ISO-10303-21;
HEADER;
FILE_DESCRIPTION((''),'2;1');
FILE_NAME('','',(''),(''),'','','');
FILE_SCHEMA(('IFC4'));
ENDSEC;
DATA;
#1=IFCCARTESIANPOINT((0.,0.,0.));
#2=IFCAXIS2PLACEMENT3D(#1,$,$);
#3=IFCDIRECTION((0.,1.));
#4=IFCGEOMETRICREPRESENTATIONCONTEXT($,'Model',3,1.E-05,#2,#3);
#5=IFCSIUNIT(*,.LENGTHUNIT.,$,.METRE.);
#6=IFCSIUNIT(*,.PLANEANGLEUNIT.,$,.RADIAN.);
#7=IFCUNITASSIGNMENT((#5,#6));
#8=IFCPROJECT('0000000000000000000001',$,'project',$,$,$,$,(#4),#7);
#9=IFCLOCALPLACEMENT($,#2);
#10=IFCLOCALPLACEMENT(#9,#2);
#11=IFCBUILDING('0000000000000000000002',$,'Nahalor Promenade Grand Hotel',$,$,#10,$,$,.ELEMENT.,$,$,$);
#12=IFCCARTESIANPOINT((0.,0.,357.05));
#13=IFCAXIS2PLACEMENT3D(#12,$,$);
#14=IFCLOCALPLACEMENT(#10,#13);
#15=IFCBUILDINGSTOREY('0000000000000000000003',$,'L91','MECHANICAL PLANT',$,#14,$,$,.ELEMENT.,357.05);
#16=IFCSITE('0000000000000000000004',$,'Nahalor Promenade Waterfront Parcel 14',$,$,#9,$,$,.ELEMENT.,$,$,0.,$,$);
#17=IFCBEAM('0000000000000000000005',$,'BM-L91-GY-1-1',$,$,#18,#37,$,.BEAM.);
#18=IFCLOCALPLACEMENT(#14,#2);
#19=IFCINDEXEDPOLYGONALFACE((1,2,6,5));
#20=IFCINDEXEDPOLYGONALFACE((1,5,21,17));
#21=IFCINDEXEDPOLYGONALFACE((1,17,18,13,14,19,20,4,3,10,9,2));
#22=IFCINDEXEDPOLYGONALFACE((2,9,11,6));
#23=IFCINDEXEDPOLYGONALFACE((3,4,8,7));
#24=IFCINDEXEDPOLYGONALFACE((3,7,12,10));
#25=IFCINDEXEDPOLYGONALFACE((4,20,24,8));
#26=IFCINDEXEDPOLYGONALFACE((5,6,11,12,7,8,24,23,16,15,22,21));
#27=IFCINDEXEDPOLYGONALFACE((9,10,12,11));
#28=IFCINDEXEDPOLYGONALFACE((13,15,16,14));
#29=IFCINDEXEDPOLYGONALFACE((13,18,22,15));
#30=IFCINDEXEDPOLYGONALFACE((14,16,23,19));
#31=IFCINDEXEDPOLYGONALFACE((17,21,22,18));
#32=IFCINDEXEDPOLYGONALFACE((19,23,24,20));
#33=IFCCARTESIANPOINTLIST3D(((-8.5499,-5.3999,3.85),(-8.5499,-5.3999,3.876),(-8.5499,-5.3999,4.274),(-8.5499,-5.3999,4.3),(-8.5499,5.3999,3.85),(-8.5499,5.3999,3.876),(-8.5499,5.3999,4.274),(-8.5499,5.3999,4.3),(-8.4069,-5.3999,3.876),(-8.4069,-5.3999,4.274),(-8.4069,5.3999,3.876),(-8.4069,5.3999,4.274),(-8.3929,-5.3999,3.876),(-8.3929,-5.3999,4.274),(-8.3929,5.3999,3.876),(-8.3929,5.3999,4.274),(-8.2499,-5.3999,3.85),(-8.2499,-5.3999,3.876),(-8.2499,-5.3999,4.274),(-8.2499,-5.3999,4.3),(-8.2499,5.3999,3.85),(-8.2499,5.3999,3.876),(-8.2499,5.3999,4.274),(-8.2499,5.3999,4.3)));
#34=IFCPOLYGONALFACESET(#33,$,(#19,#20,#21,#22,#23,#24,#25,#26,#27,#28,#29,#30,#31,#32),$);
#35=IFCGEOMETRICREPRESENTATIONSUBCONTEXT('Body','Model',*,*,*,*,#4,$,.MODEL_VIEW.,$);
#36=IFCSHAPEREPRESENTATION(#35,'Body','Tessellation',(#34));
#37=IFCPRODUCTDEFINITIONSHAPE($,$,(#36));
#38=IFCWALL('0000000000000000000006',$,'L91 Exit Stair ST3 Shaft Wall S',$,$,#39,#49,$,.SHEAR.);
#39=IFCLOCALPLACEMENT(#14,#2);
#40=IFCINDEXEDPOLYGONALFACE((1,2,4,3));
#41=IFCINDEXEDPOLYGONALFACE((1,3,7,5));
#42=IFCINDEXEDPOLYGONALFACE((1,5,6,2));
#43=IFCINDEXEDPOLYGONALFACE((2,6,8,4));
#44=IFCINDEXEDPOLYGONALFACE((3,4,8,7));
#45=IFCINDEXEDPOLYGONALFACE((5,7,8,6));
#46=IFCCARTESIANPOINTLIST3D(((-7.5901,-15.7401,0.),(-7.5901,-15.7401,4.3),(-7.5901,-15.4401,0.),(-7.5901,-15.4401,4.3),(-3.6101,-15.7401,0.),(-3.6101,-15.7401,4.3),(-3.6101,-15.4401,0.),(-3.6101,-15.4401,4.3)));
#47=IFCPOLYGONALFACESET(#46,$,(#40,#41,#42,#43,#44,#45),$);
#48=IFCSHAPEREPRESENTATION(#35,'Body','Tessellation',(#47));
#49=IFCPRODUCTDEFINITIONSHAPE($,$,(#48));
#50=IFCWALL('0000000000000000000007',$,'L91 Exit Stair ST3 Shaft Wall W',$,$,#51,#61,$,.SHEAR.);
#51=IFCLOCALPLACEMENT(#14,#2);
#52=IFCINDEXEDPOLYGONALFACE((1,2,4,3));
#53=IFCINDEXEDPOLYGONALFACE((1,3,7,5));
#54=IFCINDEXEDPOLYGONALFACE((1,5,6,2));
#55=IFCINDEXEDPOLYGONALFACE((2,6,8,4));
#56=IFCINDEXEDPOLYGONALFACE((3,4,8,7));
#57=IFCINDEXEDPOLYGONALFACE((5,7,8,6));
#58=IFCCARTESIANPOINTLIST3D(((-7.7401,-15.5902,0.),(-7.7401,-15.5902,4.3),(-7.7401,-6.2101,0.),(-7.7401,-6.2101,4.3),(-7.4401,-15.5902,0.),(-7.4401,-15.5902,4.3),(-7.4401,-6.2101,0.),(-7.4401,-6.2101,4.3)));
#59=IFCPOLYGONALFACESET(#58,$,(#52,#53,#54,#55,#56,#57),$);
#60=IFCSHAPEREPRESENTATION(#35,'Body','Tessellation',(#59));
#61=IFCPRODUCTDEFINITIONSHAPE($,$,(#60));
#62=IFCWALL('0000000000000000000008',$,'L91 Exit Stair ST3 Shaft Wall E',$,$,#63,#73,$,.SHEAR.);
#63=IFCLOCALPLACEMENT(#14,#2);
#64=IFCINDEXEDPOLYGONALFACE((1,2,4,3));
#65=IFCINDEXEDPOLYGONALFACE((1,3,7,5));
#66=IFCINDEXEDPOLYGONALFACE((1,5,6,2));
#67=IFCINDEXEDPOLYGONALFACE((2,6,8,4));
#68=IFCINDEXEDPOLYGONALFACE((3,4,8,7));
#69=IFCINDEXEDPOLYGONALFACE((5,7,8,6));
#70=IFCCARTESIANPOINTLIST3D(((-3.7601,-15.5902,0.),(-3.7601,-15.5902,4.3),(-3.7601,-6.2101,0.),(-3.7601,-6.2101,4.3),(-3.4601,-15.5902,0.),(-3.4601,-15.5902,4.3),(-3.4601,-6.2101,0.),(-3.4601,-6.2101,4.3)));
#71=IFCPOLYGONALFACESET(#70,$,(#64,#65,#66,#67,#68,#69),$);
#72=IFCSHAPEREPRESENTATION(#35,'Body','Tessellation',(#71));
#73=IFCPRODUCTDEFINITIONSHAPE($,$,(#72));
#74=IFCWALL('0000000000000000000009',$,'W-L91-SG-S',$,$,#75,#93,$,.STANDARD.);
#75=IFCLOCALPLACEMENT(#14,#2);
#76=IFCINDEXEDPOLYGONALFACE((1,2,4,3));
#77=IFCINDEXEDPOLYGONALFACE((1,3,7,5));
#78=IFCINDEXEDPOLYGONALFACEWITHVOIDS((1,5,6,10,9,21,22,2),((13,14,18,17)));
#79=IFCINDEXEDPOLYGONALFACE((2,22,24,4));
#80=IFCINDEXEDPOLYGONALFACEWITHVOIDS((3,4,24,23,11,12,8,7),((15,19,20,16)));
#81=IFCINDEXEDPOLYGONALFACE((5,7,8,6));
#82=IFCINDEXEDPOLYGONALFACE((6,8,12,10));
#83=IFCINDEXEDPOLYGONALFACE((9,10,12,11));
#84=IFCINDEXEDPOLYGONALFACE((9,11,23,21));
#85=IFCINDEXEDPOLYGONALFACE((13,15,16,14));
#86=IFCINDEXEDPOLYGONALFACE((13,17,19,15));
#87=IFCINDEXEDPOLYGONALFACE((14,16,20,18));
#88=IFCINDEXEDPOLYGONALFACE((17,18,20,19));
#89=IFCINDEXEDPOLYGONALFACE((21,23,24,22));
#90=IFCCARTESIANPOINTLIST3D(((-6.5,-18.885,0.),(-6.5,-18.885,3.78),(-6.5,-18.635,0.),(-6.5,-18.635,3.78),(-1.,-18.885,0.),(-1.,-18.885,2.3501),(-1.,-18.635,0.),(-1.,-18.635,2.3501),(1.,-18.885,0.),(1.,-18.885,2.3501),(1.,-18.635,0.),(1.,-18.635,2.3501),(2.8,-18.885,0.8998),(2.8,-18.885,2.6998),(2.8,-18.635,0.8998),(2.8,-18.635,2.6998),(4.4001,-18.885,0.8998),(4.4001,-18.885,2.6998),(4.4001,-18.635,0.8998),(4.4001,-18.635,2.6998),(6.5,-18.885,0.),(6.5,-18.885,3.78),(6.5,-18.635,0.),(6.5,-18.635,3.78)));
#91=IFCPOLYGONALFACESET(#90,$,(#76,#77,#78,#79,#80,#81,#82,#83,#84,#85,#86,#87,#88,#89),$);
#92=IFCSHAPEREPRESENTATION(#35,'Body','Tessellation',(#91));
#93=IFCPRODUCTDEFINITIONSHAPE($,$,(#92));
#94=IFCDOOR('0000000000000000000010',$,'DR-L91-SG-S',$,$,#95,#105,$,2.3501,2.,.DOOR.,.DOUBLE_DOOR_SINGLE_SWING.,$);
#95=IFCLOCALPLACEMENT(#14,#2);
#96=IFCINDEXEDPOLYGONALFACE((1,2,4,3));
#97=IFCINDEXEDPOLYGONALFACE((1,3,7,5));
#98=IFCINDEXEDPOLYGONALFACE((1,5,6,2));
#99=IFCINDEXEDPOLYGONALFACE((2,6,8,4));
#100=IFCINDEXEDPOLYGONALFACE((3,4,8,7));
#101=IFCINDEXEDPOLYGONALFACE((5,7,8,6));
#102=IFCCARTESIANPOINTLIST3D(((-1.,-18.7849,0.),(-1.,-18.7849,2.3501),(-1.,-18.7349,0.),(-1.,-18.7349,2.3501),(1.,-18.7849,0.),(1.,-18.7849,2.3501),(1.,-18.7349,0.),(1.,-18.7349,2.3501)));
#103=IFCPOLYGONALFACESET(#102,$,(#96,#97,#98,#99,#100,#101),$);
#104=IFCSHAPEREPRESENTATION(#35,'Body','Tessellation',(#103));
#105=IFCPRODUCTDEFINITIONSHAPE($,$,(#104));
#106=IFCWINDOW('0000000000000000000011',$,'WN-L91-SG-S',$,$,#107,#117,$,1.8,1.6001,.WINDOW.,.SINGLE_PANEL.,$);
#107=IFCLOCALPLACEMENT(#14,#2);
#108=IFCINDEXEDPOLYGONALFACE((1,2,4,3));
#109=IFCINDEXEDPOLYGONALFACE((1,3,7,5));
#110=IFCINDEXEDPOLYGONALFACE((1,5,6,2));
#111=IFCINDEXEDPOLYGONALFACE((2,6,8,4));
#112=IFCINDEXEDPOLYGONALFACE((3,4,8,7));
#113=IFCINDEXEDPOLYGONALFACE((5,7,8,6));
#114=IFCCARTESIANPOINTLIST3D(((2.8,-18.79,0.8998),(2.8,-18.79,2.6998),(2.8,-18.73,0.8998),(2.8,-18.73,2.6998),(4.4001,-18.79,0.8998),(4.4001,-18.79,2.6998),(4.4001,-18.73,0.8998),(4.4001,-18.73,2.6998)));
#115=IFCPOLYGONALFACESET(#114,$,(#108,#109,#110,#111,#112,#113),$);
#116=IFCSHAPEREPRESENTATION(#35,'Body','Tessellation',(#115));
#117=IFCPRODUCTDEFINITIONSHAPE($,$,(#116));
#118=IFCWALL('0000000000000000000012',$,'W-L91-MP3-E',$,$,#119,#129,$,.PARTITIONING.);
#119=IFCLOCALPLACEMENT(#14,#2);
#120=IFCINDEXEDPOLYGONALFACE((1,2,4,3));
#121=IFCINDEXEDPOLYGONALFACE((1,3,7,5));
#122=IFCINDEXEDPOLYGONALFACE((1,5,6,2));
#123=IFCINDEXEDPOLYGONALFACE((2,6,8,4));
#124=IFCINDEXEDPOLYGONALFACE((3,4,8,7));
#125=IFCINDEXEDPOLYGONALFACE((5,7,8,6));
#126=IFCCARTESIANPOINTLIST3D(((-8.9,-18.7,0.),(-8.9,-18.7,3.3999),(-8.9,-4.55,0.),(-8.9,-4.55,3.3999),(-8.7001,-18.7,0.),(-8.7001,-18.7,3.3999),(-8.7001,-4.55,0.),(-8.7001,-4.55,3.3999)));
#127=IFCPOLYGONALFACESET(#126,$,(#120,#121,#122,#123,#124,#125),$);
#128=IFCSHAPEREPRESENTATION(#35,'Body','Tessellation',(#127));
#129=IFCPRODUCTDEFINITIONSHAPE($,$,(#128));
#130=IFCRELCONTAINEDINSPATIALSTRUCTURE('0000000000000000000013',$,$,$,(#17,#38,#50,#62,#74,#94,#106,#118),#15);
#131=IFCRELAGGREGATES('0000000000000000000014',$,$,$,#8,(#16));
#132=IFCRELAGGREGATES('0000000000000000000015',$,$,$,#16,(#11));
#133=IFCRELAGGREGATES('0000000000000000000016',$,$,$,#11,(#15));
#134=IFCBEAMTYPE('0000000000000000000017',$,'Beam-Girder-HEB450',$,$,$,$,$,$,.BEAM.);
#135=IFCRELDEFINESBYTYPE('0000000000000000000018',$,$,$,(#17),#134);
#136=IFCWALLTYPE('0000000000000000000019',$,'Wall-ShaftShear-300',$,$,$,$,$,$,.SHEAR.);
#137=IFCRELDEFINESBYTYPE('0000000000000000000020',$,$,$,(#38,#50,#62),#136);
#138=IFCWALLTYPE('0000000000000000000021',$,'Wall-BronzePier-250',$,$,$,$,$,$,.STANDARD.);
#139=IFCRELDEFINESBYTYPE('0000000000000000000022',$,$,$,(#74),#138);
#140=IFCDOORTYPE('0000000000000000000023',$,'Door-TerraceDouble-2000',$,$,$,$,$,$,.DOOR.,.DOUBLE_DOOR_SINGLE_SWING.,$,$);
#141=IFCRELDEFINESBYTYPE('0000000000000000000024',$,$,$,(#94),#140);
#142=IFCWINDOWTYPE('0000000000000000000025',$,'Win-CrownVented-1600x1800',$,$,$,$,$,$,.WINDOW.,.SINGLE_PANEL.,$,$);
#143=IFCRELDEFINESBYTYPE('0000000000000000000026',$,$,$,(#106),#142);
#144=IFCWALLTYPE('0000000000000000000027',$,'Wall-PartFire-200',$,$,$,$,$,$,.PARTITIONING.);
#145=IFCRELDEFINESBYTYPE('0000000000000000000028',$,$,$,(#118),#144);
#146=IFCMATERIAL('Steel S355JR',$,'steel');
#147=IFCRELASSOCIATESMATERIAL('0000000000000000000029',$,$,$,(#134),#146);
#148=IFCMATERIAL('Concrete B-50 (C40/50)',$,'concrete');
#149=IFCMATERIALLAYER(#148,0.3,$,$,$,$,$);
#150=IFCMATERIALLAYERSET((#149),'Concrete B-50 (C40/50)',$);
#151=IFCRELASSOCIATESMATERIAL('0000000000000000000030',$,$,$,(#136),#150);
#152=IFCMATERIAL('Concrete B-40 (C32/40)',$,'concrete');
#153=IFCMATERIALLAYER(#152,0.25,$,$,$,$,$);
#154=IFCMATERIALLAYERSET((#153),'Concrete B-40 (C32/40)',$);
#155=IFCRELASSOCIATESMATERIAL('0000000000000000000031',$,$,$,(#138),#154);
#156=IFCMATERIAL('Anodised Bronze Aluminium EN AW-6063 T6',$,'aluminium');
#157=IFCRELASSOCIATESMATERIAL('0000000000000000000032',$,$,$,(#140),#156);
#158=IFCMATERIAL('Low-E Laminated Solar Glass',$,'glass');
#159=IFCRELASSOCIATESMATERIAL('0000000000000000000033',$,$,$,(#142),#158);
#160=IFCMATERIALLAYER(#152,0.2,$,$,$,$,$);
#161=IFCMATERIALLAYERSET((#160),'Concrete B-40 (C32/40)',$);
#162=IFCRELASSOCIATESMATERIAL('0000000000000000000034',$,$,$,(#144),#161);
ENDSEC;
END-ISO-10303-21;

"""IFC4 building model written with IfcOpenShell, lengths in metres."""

from ifc_helpers import new_model, si_unit, direction, frame, frame_2d, origin, origin_2d, place, context, subcontext, project, spatial, rectangle, i_section, extrude, source, transform, mapped, material, layer, layer_set, material_profile, profile_set, type_object, element, fill, save


model = new_model("IFC4")

# Units and contexts
model_context = context("Model", 3, precision=1e-05, world=origin(), true_north=direction((0.0, 1.0)))
body_context = subcontext(model_context, "Body", "Model", "MODEL_VIEW")
ifc_project = project(units=[si_unit("LENGTHUNIT", "METRE"), si_unit("PLANEANGLEUNIT", "RADIAN")], contexts=[model_context])

# Site, building, storey
site_placement = place(None, origin())
site = spatial("IfcSite", under=ifc_project, at=site_placement, Name="Nahalor Promenade Waterfront Parcel 14", CompositionType="ELEMENT", RefElevation=0.0)
building_placement = place(site_placement, origin())
building = spatial("IfcBuilding", under=site, at=building_placement, Name="Nahalor Promenade Grand Hotel", CompositionType="ELEMENT")
storey_placement = place(building_placement, frame((0.0, 0.0, 357.05)))
storey = spatial("IfcBuildingStorey", under=building, at=storey_placement, Name="L91", Description="MECHANICAL PLANT", CompositionType="ELEMENT", Elevation=357.05)

# Shared definitions
ifc_material_1 = material(Name="Concrete B-50 (C40/50)", Category="concrete")

# Beam
ifc_material_2 = material(Name="Steel S355JR", Category="steel")
ifc_material_profile_1 = material_profile(ifc_material_2, i_section(OverallWidth=0.3, OverallDepth=0.45, WebThickness=0.014, FlangeThickness=0.026, at=origin_2d()), Name="HEB 450")
ifc_profile_set_1 = profile_set([ifc_material_profile_1], Name="Steel S355JR")
beam_type = type_object("IfcBeamType", Name="Beam-Girder-HEB450", PredefinedType="BEAM", material=ifc_profile_set_1)
shared_shape_1 = source(origin(), body_context, "Body", "SweptSolid", [
    extrude(i_section(OverallWidth=0.3, OverallDepth=0.45, WebThickness=0.014, FlangeThickness=0.026, at=origin_2d()), origin(), (0.0, 0.0, 1.0), 10.7998),
])
beam_1_placement = place(storey_placement, frame((-8.3999, -5.3999, 4.075), z_axis=(0.0, 1.0, 0.0), x_axis=(-1.0, 0.0, 0.0)))
element("IfcBeam", 1, at=beam_1_placement, inside=storey, type_object=beam_type, Name="BM-L91-GY-1-1", PredefinedType="BEAM", context=body_context, shape_type="MappedRepresentation", body=[
    mapped(shared_shape_1, transform((0.0, 0.0, 0.0), scale=1.0)),
])

# Wall
ifc_layer_1 = layer(ifc_material_1, 0.3)
ifc_layer_set_1 = layer_set([ifc_layer_1], Name="Concrete B-50 (C40/50)")
wall_type_1 = type_object("IfcWallType", Name="Wall-ShaftShear-300", PredefinedType="SHEAR", material=ifc_layer_set_1)
shared_shape_2 = source(origin(), body_context, "Body", "SweptSolid", [
    extrude(rectangle(XDim=3.98, YDim=0.3, at=frame_2d((1.99, 0.0))), origin(), (0.0, 0.0, 1.0), 4.3),
])
wall_1_placement = place(storey_placement, frame((-7.5901, -15.5901, 0.0), z_axis=(0.0, 0.0, 1.0), x_axis=(1.0, 0.0, 0.0)))
element("IfcWall", 2, at=wall_1_placement, inside=storey, type_object=wall_type_1, Name="L91 Exit Stair ST3 Shaft Wall S", PredefinedType="SHEAR", context=body_context, shape_type="MappedRepresentation", body=[
    mapped(shared_shape_2, transform((0.0, 0.0, 0.0), scale=1.0)),
])

# Walls
shared_shape_3 = source(origin(), body_context, "Body", "SweptSolid", [
    extrude(rectangle(XDim=9.3801, YDim=0.3, at=frame_2d((4.6899, 0.0))), origin(), (0.0, 0.0, 1.0), 4.3),
])
for number, where, z_axis, x_axis, name in (
    (3, (-7.5901, -15.5901, 0.0), (0.0, 0.0, 1.0), (0.0, 1.0, 0.0), "L91 Exit Stair ST3 Shaft Wall W"),
    (4, (-3.6101, -15.5901, 0.0), (0.0, 0.0, 1.0), (0.0, 1.0, 0.0), "L91 Exit Stair ST3 Shaft Wall E"),
):
    element("IfcWall", number, at=place(storey_placement, frame(where, z_axis=z_axis, x_axis=x_axis)), inside=storey, type_object=wall_type_1, Name=name, PredefinedType="SHEAR", context=body_context, shape_type="MappedRepresentation", body=[
        mapped(shared_shape_3, transform((0.0, 0.0, 0.0), scale=1.0)),
    ])

# Wall, openings, door, window
ifc_material_3 = material(Name="Concrete B-40 (C32/40)", Category="concrete")
ifc_layer_2 = layer(ifc_material_3, 0.25)
ifc_layer_set_2 = layer_set([ifc_layer_2], Name="Concrete B-40 (C32/40)")
wall_type_2 = type_object("IfcWallType", Name="Wall-BronzePier-250", PredefinedType="STANDARD", material=ifc_layer_set_2)
shared_shape_4 = source(origin(), body_context, "Body", "SweptSolid", [
    extrude(rectangle(XDim=13.0, YDim=0.25, at=frame_2d((6.5, 0.0))), origin(), (0.0, 0.0, 1.0), 3.78),
])
wall_2_placement = place(storey_placement, frame((-6.5, -18.76, 0.0), z_axis=(0.0, 0.0, 1.0), x_axis=(1.0, 0.0, 0.0)))
wall_2 = element("IfcWall", 5, at=wall_2_placement, inside=storey, type_object=wall_type_2, Name="W-L91-SG-S", PredefinedType="STANDARD", context=body_context, shape_type="MappedRepresentation", body=[
    mapped(shared_shape_4, transform((0.0, 0.0, 0.0), scale=1.0)),
])
opening_1_placement = place(wall_2_placement, frame((5.5, 0.0, 0.0)))
opening_1 = element("IfcOpeningElement", 6, at=opening_1_placement, cuts=wall_2, PredefinedType="OPENING", context=body_context, shape_type="SweptSolid", body=[
    extrude(rectangle(XDim=2.0, YDim=2.3501, at=frame_2d((1.0, 1.175))), frame((0.0, 0.135, 0.0), z_axis=(0.0, -1.0, 0.0), x_axis=(1.0, 0.0, 0.0)), (0.0, 0.0, 1.0), 0.27),
])
opening_2_placement = place(wall_2_placement, frame((9.3, 0.0, 0.8999)))
opening_2 = element("IfcOpeningElement", 7, at=opening_2_placement, cuts=wall_2, PredefinedType="OPENING", context=body_context, shape_type="SweptSolid", body=[
    extrude(rectangle(XDim=1.6001, YDim=1.8, at=frame_2d((0.8, 0.8999))), frame((0.0, 0.135, 0.0), z_axis=(0.0, -1.0, 0.0), x_axis=(1.0, 0.0, 0.0)), (0.0, 0.0, 1.0), 0.27),
])
ifc_material_4 = material(Name="Anodised Bronze Aluminium EN AW-6063 T6", Category="aluminium")
door_type_1 = type_object("IfcDoorType", Name="Door-TerraceDouble-2000", OperationType="DOUBLE_DOOR_SINGLE_SWING", PredefinedType="DOOR", material=ifc_material_4)
shared_shape_5 = source(origin(), body_context, "Body", "SweptSolid", [
    extrude(rectangle(XDim=2.0, YDim=2.3501, at=frame_2d((1.0, 1.175))), frame((0.0, 0.0249, 0.0), z_axis=(0.0, -1.0, 0.0), x_axis=(1.0, 0.0, 0.0)), (0.0, 0.0, 1.0), 0.05),
])
door_1_placement = place(opening_1_placement, frame((2.0, 0.0, 0.0), z_axis=(0.0, 0.0, 1.0), x_axis=(-1.0, 0.0, 0.0)))
door_1 = element("IfcDoor", 8, at=door_1_placement, inside=storey, type_object=door_type_1, Name="DR-L91-SG-S", OperationType="DOUBLE_DOOR_SINGLE_SWING", OverallHeight=2.3501, OverallWidth=2.0, PredefinedType="DOOR", context=body_context, shape_type="MappedRepresentation", body=[
    mapped(shared_shape_5, transform((0.0, 0.0, 0.0), scale=1.0)),
])
fill(opening_1, door_1)
ifc_material_5 = material(Name="Low-E Laminated Solar Glass", Category="glass")
window_type = type_object("IfcWindowType", Name="Win-CrownVented-1600x1800", PartitioningType="SINGLE_PANEL", PredefinedType="WINDOW", material=ifc_material_5)
shared_shape_6 = source(origin(), body_context, "Body", "SweptSolid", [
    extrude(rectangle(XDim=1.6001, YDim=1.8, at=frame_2d((0.8, 0.8999))), frame((0.0, 0.03, 0.0), z_axis=(0.0, -1.0, 0.0), x_axis=(1.0, 0.0, 0.0)), (0.0, 0.0, 1.0), 0.0601),
])
window_placement = place(opening_2_placement, origin())
window = element("IfcWindow", 9, at=window_placement, inside=storey, type_object=window_type, Name="WN-L91-SG-S", OverallHeight=1.8, OverallWidth=1.6001, PartitioningType="SINGLE_PANEL", PredefinedType="WINDOW", context=body_context, shape_type="MappedRepresentation", body=[
    mapped(shared_shape_6, transform((0.0, 0.0, 0.0), scale=1.0)),
])
fill(opening_2, window)

# Wall
ifc_layer_3 = layer(ifc_material_3, 0.2)
ifc_layer_set_3 = layer_set([ifc_layer_3], Name="Concrete B-40 (C32/40)")
wall_type_3 = type_object("IfcWallType", Name="Wall-PartFire-200", PredefinedType="PARTITIONING", material=ifc_layer_set_3)
shared_shape_7 = source(origin(), body_context, "Body", "SweptSolid", [
    extrude(rectangle(XDim=14.1499, YDim=0.2, at=frame_2d((7.075, 0.0))), origin(), (0.0, 0.0, 1.0), 3.3999),
])
wall_3_placement = place(storey_placement, frame((-8.8, -18.7, 0.0), z_axis=(0.0, 0.0, 1.0), x_axis=(0.0, 1.0, 0.0)))
element("IfcWall", 10, at=wall_3_placement, inside=storey, type_object=wall_type_3, Name="W-L91-MP3-E", PredefinedType="PARTITIONING", context=body_context, shape_type="MappedRepresentation", body=[
    mapped(shared_shape_7, transform((0.0, 0.0, 0.0), scale=1.0)),
])

save(model, "model.ifc")
